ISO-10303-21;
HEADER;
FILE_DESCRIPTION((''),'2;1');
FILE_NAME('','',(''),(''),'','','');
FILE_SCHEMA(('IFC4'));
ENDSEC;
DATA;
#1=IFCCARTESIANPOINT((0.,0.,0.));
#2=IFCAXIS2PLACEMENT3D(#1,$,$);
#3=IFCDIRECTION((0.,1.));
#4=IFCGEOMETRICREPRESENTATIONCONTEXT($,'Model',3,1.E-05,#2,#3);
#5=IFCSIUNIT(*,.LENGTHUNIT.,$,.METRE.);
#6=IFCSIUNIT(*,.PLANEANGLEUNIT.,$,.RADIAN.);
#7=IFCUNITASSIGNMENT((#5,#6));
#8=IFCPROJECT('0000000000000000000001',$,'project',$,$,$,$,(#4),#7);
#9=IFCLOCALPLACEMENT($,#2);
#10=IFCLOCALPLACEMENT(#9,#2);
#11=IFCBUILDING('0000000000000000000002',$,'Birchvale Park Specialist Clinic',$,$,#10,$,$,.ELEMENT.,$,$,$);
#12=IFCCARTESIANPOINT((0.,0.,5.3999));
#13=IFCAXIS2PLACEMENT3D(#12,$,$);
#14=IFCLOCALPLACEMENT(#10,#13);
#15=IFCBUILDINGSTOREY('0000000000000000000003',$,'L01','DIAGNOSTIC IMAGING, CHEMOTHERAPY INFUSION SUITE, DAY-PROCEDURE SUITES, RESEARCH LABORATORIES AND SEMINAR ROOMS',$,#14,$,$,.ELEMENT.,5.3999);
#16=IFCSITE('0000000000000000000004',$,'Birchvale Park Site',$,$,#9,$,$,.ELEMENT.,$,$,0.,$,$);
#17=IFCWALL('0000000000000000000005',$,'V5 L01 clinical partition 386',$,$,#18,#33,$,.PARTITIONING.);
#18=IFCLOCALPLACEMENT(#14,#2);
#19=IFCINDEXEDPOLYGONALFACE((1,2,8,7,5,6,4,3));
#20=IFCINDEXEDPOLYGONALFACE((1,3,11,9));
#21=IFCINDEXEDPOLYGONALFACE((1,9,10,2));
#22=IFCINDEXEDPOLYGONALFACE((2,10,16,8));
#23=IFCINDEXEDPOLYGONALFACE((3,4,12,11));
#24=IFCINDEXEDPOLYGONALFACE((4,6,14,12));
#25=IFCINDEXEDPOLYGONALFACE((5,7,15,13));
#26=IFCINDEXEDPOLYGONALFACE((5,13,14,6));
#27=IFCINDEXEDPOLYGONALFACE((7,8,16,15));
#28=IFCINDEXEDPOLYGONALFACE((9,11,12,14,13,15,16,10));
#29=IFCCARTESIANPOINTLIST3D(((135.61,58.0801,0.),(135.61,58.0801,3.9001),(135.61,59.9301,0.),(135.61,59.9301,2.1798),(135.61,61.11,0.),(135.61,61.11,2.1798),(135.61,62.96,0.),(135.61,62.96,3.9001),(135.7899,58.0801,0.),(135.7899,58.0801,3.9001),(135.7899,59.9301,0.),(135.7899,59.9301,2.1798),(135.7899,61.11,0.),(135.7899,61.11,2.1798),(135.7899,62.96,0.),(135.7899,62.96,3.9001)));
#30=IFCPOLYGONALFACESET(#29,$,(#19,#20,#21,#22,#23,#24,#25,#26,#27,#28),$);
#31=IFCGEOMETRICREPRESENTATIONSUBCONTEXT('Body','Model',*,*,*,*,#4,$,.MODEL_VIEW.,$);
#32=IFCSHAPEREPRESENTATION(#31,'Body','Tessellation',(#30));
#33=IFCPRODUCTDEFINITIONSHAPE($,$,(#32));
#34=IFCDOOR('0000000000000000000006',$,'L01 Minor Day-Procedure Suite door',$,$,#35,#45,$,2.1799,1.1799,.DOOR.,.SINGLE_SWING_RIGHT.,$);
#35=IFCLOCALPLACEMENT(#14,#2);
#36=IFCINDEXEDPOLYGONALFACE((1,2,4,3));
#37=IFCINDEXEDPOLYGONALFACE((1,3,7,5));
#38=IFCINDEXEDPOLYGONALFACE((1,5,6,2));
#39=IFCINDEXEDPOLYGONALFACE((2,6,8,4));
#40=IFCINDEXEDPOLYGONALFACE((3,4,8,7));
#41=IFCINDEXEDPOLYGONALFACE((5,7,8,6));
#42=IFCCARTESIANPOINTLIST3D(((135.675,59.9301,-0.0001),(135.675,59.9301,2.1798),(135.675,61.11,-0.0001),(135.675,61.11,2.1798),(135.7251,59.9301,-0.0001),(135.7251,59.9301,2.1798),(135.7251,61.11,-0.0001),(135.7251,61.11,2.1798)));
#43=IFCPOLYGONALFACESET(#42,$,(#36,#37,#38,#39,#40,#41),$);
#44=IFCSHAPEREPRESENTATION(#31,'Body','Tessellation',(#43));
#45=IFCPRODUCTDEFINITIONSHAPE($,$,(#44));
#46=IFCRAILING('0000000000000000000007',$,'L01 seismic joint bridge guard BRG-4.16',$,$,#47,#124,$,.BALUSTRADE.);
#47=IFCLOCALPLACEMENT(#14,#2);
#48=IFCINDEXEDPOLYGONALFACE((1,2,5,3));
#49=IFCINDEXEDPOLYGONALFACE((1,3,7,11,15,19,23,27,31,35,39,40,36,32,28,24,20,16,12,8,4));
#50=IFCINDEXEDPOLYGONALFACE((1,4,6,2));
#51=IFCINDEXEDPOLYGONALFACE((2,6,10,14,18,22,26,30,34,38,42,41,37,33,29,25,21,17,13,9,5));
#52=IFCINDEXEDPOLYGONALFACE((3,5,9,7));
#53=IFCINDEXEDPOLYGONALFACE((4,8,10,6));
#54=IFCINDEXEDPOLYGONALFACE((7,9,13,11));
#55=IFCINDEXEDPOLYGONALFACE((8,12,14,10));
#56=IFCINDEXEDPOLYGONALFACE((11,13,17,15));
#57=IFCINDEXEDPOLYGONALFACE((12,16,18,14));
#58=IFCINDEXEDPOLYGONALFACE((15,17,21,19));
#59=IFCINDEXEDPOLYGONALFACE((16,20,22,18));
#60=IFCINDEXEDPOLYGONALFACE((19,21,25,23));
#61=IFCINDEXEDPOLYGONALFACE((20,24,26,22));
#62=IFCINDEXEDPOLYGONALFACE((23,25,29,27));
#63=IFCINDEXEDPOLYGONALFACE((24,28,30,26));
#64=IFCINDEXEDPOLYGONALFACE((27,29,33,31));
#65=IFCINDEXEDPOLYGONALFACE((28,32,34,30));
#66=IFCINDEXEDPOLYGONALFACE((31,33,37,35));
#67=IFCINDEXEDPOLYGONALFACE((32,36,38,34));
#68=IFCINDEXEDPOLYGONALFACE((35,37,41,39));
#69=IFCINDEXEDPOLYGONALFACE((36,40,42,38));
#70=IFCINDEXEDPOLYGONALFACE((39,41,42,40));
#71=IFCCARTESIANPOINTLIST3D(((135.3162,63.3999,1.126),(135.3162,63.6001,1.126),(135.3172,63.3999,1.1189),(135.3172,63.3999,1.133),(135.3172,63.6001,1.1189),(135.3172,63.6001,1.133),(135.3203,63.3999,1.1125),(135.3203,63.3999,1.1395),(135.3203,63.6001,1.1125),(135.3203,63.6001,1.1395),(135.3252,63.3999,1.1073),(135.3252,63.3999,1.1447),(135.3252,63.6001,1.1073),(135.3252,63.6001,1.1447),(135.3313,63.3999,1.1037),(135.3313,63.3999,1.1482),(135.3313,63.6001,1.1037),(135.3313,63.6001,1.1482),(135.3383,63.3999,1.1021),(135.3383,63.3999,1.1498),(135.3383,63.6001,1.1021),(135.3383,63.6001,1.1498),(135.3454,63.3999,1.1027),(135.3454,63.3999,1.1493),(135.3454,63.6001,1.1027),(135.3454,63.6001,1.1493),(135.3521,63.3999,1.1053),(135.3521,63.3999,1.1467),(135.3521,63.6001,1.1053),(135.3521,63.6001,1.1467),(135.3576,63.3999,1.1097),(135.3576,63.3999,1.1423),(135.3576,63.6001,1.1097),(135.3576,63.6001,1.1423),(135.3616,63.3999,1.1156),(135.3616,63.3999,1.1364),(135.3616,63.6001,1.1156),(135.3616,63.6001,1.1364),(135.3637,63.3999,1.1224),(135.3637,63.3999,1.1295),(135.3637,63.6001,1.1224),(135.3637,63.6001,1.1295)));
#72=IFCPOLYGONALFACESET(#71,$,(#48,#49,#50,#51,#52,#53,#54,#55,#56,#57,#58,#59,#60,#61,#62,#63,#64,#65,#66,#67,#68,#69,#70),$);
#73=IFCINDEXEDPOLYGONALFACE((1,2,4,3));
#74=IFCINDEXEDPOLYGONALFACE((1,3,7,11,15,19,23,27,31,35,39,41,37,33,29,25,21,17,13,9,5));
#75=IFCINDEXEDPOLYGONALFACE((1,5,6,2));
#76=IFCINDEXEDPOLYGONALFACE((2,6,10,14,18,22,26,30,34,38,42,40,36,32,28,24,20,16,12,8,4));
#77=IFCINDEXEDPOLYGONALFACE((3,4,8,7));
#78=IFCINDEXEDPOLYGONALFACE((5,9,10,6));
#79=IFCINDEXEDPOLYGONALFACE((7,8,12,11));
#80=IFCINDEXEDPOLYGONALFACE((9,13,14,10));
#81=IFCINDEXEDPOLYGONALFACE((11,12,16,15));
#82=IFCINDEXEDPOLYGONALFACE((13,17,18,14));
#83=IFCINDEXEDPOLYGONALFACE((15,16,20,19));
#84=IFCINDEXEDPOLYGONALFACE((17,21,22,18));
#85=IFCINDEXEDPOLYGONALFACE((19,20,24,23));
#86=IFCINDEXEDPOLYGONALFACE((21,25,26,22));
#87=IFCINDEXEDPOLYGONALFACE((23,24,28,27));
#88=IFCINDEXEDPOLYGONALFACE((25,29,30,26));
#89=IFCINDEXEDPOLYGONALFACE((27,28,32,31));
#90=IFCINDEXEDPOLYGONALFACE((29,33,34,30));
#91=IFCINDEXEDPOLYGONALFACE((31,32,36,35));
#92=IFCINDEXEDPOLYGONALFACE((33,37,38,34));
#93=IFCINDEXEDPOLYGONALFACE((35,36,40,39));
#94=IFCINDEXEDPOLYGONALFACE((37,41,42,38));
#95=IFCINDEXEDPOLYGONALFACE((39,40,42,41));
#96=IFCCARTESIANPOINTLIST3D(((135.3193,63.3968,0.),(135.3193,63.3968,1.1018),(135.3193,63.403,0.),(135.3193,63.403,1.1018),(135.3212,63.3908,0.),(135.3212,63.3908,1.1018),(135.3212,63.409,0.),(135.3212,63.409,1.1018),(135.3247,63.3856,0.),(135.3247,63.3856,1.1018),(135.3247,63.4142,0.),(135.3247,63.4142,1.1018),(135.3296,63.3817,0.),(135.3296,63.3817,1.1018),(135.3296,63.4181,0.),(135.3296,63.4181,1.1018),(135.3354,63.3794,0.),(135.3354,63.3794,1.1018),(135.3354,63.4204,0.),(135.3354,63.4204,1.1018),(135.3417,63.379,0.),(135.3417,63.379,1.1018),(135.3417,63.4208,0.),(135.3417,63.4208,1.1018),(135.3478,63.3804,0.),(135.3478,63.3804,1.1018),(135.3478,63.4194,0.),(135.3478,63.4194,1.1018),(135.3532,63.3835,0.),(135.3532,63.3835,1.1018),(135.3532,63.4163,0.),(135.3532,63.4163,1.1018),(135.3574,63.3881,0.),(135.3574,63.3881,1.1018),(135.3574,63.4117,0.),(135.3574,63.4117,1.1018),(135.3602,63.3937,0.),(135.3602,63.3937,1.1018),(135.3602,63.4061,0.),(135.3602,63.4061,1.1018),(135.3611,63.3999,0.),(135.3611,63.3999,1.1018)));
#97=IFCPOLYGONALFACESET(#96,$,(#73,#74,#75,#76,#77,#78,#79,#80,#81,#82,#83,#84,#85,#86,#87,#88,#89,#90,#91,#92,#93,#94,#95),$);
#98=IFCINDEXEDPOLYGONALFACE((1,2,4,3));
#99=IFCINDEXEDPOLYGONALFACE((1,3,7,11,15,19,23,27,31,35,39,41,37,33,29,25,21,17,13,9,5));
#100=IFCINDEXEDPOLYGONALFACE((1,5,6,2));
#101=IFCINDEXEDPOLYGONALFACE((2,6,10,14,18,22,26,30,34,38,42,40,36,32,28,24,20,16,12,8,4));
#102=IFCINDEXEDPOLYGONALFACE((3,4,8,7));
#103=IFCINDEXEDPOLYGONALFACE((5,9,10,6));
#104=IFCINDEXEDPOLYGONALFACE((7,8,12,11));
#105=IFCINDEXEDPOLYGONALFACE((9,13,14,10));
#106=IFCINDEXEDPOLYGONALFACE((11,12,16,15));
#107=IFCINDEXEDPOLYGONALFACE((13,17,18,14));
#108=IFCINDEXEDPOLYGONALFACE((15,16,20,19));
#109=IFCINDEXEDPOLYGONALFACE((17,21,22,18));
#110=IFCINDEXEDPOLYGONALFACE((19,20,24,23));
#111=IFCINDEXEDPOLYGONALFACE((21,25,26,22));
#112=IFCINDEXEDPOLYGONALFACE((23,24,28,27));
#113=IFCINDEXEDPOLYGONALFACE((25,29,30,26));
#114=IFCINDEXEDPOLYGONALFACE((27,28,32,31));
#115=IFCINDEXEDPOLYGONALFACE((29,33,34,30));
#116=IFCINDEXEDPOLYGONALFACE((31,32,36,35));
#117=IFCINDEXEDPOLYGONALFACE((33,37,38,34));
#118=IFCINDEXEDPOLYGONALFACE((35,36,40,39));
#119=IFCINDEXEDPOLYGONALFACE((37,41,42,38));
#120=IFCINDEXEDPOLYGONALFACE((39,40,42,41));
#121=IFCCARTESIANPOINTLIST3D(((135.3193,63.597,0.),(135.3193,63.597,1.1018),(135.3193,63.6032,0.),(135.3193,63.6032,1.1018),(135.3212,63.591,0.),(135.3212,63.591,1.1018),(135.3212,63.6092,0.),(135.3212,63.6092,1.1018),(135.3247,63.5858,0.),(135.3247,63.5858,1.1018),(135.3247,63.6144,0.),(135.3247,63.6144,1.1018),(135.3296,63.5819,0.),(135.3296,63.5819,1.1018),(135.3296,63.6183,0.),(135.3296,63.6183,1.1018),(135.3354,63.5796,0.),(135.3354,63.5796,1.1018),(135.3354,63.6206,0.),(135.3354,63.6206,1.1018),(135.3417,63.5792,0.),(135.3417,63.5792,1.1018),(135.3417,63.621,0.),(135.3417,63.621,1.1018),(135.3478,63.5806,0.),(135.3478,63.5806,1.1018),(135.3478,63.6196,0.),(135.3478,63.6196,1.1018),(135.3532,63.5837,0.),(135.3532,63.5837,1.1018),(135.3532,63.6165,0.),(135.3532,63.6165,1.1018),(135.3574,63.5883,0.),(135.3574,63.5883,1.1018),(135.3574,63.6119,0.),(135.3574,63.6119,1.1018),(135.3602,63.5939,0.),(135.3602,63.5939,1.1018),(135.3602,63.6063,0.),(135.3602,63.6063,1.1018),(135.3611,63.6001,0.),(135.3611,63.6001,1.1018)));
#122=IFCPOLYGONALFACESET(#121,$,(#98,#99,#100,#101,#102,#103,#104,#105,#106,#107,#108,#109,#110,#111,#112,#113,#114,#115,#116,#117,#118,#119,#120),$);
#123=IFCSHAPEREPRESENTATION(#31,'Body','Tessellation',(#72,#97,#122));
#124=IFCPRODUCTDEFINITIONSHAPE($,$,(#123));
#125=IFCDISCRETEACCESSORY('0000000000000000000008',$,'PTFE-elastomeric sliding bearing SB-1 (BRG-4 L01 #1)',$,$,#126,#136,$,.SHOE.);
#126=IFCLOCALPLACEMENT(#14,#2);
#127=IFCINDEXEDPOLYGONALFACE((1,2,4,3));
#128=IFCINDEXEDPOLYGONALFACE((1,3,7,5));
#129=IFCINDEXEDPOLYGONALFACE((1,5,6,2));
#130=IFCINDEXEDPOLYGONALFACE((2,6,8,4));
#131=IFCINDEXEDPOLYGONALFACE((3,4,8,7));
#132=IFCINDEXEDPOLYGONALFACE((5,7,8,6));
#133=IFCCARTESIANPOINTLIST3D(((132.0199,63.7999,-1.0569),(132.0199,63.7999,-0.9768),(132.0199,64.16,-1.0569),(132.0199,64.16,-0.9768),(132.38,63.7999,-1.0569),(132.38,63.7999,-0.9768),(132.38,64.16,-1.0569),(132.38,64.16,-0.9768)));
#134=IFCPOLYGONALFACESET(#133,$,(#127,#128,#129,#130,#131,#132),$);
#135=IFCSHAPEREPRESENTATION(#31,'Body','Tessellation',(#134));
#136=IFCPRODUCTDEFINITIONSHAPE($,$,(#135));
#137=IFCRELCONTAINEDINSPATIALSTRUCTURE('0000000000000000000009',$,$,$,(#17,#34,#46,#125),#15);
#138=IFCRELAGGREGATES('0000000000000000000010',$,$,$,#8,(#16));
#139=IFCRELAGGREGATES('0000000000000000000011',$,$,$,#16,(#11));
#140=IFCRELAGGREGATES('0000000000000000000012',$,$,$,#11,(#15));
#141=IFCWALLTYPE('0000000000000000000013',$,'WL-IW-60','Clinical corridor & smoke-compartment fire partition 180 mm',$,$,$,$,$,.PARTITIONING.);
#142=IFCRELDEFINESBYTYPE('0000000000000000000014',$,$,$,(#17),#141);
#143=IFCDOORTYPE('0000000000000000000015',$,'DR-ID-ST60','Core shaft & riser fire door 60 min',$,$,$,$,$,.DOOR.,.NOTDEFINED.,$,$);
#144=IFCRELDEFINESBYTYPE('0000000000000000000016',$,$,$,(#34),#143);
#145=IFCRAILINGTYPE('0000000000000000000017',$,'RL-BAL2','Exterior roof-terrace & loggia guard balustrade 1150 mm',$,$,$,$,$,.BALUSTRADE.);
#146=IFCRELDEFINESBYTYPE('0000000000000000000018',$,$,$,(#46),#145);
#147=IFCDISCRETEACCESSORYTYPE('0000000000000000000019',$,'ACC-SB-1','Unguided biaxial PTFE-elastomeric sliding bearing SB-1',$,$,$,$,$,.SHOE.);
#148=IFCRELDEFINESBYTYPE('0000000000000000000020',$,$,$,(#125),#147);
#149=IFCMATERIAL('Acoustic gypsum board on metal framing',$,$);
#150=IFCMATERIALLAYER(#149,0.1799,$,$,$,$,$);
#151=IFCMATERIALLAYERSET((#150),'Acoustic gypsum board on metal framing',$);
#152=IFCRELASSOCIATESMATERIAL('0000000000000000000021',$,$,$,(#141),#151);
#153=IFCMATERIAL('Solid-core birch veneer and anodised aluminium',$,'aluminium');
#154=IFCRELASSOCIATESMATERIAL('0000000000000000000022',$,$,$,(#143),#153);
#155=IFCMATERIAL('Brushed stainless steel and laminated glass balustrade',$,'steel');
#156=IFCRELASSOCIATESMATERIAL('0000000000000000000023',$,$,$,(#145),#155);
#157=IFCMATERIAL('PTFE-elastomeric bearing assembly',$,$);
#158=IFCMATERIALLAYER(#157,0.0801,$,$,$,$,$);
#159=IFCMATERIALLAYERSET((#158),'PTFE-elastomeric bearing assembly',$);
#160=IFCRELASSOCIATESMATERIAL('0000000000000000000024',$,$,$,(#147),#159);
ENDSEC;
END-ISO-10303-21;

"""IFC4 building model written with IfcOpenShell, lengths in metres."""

from ifc_helpers import new_model, si_unit, direction, frame, frame_2d, origin, origin_2d, place, context, subcontext, project, spatial, rectangle, circle, extrude, material, layer, layer_set, type_object, element, fill, save


model = new_model("IFC4")

# Units and contexts
model_context = context("Model", 3, precision=1e-05, world=origin(), true_north=direction((0.0, 1.0)))
body_context = subcontext(model_context, "Body", "Model", "MODEL_VIEW")
ifc_project = project(units=[si_unit("LENGTHUNIT", "METRE"), si_unit("PLANEANGLEUNIT", "RADIAN")], contexts=[model_context])

# Site, building, storey
site_placement = place(None, origin())
site = spatial("IfcSite", under=ifc_project, at=site_placement, Name="Birchvale Park Site", CompositionType="ELEMENT", RefElevation=0.0)
building_placement = place(site_placement, origin())
building = spatial("IfcBuilding", under=site, at=building_placement, Name="Birchvale Park Specialist Clinic", CompositionType="ELEMENT")
storey_placement = place(building_placement, frame((0.0, 0.0, 5.3999)))
storey = spatial("IfcBuildingStorey", under=building, at=storey_placement, Name="L01", Description="DIAGNOSTIC IMAGING, CHEMOTHERAPY INFUSION SUITE, DAY-PROCEDURE SUITES, RESEARCH LABORATORIES AND SEMINAR ROOMS", CompositionType="ELEMENT", Elevation=5.3999)

# Shared definitions
ifc_material_1 = material(Name="Acoustic gypsum board on metal framing")
ifc_layer_1 = layer(ifc_material_1, 0.1799)
ifc_layer_set_1 = layer_set([ifc_layer_1], Name="Acoustic gypsum board on metal framing")
wall_type_1 = type_object("IfcWallType", Name="WL-IW-60", Description="Clinical corridor & smoke-compartment fire partition 180 mm", PredefinedType="PARTITIONING", material=ifc_layer_set_1)

# Wall, opening, door
wall_1_placement = place(storey_placement, frame((135.7, 58.0801, 0.0), z_axis=(0.0, 0.0, 1.0), x_axis=(0.0, 1.0, 0.0)))
wall_1 = element("IfcWall", 1, at=wall_1_placement, inside=storey, type_object=wall_type_1, Name="V5 L01 clinical partition 386", PredefinedType="PARTITIONING", context=body_context, shape_type="SweptSolid", body=[
    extrude(rectangle(XDim=4.8799, YDim=0.1799, at=frame_2d((2.4399, 0.0))), origin(), (0.0, 0.0, 1.0), 3.9001),
])
opening_placement = place(wall_1_placement, frame((1.8501, 0.0, 0.0)))
opening = element("IfcOpeningElement", 2, at=opening_placement, cuts=wall_1, PredefinedType="OPENING", context=body_context, shape_type="SweptSolid", body=[
    extrude(rectangle(XDim=1.1799, YDim=2.1799, at=frame_2d((0.5898, 1.0898))), frame((0.0, 0.1001, 0.0), z_axis=(0.0, -1.0, 0.0), x_axis=(1.0, 0.0, 0.0)), (0.0, 0.0, 1.0), 0.2),
])
ifc_material_2 = material(Name="Solid-core birch veneer and anodised aluminium", Category="aluminium")
door_type = type_object("IfcDoorType", Name="DR-ID-ST60", Description="Core shaft & riser fire door 60 min", OperationType="NOTDEFINED", PredefinedType="DOOR", material=ifc_material_2)
door_placement = place(opening_placement, origin())
door = element("IfcDoor", 3, at=door_placement, inside=storey, type_object=door_type, Name="L01 Minor Day-Procedure Suite door", OperationType="SINGLE_SWING_RIGHT", OverallHeight=2.1799, OverallWidth=1.1799, PredefinedType="DOOR", context=body_context, shape_type="SweptSolid", body=[
    extrude(rectangle(XDim=1.1799, YDim=2.1799, at=frame_2d((0.5898, 1.0898))), frame((0.0, 0.0249, 0.0), z_axis=(0.0, -1.0, 0.0), x_axis=(1.0, 0.0, 0.0)), (0.0, 0.0, 1.0), 0.05),
])
fill(opening, door)

# Railing
ifc_material_3 = material(Name="Brushed stainless steel and laminated glass balustrade", Category="steel")
railing_type = type_object("IfcRailingType", Name="RL-BAL2", Description="Exterior roof-terrace & loggia guard balustrade 1150 mm", PredefinedType="BALUSTRADE", material=ifc_material_3)
railing_placement = place(storey_placement, frame((135.3401, 63.3999, 0.0)))
element("IfcRailing", 4, at=railing_placement, inside=storey, type_object=railing_type, Name="L01 seismic joint bridge guard BRG-4.16", PredefinedType="BALUSTRADE", context=body_context, shape_type="SweptSolid", body=[
    extrude(circle(Radius=0.0239, at=origin_2d()), frame((0.0, 0.0, 1.126), z_axis=(0.0, 1.0, 0.0), x_axis=(-1.0, 0.0, 0.0)), (0.0, 0.0, 1.0), 0.2002),
    extrude(circle(Radius=0.021, at=origin_2d()), origin(), (0.0, 0.0, 1.0), 1.1018),
    extrude(circle(Radius=0.021, at=origin_2d()), frame((0.0, 0.2002, 0.0)), (0.0, 0.0, 1.0), 1.1018),
])

# Discrete accessory
ifc_material_4 = material(Name="PTFE-elastomeric bearing assembly")
ifc_layer_2 = layer(ifc_material_4, 0.0801)
ifc_layer_set_2 = layer_set([ifc_layer_2], Name="PTFE-elastomeric bearing assembly")
discrete_accessory_type = type_object("IfcDiscreteAccessoryType", Name="ACC-SB-1", Description="Unguided biaxial PTFE-elastomeric sliding bearing SB-1", PredefinedType="SHOE", material=ifc_layer_set_2)
discrete_accessory_placement = place(storey_placement, frame((132.2, 63.98, -1.0569), z_axis=(0.0, 0.0, 1.0), x_axis=(1.0, 0.0, 0.0)))
element("IfcDiscreteAccessory", 5, at=discrete_accessory_placement, inside=storey, type_object=discrete_accessory_type, Name="PTFE-elastomeric sliding bearing SB-1 (BRG-4 L01 #1)", PredefinedType="SHOE", context=body_context, shape_type="SweptSolid", body=[
    extrude(rectangle(XDim=0.3601, YDim=0.3601, at=origin_2d()), origin(), (0.0, 0.0, 1.0), 0.0801),
])

save(model, "model.ifc")
